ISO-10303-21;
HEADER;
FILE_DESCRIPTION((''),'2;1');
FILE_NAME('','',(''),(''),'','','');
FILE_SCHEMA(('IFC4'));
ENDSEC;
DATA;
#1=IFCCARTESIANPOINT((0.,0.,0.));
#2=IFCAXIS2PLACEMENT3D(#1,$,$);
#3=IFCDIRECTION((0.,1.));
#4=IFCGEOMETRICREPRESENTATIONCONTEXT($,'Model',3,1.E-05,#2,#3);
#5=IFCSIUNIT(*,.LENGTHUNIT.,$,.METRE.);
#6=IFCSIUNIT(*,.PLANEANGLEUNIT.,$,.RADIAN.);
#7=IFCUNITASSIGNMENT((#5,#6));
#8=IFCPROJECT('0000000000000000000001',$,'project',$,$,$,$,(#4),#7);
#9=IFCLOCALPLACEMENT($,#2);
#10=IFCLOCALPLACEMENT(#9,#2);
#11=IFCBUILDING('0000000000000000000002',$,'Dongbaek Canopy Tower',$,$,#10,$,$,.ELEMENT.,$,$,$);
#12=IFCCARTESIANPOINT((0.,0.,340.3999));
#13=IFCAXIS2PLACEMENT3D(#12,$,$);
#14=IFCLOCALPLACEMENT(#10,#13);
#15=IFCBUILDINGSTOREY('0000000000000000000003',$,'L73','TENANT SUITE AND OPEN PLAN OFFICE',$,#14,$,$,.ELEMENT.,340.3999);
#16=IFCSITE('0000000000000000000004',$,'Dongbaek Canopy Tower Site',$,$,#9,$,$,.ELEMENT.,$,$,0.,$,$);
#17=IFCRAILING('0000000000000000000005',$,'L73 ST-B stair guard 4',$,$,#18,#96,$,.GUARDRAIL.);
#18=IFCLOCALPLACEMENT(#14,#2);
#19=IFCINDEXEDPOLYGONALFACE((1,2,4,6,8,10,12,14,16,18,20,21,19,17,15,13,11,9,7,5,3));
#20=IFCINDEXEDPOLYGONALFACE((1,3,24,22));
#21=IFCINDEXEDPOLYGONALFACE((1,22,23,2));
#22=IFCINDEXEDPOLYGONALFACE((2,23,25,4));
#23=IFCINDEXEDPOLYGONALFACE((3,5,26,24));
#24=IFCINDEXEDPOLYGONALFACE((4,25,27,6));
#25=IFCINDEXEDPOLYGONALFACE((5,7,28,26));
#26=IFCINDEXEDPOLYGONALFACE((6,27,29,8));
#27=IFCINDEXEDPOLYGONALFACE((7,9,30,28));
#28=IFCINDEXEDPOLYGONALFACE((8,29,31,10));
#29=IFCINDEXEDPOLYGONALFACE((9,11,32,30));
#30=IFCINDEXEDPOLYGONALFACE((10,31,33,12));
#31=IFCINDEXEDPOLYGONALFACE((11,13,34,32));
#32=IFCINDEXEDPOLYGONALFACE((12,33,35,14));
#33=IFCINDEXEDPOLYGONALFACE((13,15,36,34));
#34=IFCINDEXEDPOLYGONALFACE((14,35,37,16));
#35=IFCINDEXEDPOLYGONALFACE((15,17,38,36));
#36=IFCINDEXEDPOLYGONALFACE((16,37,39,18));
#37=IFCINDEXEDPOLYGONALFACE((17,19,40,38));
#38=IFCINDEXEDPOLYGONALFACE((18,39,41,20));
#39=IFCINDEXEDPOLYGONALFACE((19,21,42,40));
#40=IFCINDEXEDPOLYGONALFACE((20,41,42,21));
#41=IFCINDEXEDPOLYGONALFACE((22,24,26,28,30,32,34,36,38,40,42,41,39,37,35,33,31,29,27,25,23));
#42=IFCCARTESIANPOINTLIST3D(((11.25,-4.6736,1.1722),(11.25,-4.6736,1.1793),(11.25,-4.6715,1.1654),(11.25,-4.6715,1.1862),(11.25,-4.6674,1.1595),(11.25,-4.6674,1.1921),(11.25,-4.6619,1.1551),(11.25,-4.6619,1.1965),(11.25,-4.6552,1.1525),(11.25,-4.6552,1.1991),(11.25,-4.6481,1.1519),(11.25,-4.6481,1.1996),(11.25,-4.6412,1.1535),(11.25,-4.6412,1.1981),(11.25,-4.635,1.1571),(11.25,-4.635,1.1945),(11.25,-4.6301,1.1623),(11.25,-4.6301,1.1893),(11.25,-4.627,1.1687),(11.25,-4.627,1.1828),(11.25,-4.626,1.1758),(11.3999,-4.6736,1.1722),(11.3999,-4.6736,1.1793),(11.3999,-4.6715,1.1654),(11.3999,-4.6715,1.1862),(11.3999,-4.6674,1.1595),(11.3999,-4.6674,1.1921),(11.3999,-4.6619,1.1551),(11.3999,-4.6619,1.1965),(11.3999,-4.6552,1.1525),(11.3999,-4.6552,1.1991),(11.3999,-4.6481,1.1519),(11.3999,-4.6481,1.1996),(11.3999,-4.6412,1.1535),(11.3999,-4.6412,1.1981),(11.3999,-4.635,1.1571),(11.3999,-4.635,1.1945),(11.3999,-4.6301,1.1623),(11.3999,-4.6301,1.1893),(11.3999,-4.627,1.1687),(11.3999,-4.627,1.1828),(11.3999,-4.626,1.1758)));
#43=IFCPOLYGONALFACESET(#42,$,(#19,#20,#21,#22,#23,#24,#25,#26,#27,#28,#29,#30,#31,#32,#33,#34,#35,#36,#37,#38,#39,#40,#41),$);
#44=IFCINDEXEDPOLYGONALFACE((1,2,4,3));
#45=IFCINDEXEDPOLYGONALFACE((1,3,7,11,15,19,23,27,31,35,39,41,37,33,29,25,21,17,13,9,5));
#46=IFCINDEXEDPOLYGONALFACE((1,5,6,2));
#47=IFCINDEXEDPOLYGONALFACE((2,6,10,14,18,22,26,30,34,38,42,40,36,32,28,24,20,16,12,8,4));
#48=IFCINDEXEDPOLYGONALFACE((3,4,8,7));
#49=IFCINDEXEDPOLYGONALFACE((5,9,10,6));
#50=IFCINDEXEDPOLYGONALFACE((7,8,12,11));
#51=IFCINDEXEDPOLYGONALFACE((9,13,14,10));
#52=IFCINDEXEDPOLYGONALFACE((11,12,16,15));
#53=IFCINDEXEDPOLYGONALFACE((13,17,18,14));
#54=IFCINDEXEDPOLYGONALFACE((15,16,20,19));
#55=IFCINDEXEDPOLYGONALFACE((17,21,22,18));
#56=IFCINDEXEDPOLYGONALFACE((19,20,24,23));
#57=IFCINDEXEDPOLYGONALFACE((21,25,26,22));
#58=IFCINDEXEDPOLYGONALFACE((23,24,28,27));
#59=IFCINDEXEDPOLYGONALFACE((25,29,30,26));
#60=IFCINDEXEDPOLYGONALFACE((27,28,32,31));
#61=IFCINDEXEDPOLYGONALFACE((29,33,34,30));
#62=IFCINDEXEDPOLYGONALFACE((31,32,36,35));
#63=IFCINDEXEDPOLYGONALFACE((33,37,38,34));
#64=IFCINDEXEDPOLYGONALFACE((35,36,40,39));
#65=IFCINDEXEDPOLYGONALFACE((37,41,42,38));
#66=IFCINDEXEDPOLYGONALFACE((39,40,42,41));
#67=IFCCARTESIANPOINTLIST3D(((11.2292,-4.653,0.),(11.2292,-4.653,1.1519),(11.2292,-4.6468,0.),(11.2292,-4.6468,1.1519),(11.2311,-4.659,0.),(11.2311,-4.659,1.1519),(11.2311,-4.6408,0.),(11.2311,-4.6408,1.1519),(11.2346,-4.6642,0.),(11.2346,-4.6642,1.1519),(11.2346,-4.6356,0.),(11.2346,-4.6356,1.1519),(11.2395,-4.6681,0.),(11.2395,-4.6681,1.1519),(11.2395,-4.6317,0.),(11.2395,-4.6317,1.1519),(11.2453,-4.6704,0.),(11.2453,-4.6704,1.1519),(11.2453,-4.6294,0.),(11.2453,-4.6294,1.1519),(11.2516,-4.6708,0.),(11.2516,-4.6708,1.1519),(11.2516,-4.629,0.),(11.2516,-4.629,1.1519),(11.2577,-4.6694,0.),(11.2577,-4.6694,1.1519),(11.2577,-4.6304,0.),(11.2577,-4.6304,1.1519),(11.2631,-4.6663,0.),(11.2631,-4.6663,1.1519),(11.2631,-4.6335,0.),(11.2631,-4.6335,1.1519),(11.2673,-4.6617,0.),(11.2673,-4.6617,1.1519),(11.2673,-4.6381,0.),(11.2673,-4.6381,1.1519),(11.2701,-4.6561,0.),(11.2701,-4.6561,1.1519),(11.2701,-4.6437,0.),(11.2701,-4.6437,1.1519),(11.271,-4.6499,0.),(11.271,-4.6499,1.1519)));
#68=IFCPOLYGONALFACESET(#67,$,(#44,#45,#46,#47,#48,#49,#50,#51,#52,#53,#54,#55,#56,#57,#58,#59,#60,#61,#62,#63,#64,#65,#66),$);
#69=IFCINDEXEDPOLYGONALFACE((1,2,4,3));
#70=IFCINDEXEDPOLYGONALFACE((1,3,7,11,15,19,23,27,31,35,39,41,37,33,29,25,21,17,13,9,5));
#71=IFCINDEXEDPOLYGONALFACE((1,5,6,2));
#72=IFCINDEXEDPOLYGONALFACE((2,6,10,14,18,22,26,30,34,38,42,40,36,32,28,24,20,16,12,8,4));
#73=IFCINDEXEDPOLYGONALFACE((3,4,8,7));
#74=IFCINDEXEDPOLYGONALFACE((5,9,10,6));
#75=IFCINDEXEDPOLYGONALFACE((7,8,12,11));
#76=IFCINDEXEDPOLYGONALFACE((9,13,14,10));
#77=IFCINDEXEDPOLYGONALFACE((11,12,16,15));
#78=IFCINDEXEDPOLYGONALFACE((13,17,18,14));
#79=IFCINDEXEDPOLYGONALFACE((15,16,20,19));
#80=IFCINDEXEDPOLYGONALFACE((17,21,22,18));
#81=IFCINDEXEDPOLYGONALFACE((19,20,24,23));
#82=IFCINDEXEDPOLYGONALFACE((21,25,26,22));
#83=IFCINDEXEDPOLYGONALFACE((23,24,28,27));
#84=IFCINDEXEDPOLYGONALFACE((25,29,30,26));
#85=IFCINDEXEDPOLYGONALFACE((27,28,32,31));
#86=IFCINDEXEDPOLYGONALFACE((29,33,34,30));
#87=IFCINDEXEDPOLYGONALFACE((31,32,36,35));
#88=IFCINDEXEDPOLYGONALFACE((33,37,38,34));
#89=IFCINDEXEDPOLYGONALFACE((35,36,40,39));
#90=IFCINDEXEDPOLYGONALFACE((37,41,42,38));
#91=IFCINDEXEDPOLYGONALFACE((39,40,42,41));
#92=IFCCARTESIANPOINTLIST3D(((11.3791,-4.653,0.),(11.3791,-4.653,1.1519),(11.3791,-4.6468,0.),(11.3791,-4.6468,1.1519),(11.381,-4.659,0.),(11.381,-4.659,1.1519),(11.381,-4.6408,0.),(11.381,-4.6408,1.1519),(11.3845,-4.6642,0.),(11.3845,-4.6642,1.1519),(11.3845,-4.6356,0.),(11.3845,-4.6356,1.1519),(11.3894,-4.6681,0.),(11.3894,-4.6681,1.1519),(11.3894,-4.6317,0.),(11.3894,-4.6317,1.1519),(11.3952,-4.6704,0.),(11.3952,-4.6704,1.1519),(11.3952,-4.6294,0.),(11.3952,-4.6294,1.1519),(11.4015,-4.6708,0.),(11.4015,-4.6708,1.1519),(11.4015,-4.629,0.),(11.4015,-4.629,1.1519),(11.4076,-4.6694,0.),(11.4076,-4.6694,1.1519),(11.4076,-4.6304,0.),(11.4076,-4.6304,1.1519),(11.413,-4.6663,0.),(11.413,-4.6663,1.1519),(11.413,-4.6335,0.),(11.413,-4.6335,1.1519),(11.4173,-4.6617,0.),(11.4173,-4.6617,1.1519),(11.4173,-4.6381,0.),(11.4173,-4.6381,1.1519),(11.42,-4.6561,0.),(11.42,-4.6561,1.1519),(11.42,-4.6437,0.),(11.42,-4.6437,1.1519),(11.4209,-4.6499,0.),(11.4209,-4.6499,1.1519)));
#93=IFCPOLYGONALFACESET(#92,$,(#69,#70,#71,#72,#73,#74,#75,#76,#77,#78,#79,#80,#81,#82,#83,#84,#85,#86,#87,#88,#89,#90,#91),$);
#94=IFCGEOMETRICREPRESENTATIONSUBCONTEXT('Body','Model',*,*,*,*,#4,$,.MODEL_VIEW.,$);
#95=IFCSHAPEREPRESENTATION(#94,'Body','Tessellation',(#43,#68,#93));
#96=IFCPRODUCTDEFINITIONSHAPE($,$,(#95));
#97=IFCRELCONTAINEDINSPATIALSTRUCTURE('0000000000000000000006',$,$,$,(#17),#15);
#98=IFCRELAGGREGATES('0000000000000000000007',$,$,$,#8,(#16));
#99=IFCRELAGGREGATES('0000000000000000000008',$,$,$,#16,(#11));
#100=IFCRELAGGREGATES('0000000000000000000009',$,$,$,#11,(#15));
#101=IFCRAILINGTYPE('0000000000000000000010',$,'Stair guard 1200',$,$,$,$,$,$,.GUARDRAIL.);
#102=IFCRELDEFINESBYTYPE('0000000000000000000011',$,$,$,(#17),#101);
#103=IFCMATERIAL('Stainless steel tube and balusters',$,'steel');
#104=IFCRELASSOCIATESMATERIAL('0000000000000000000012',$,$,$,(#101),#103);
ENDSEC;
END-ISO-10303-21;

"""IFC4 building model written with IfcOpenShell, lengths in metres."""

from ifc_helpers import new_model, si_unit, direction, frame, origin, origin_2d, place, context, subcontext, project, spatial, circle, extrude, material, type_object, element, save


model = new_model("IFC4")

# Units and contexts
model_context = context("Model", 3, precision=1e-05, world=origin(), true_north=direction((0.0, 1.0)))
body_context = subcontext(model_context, "Body", "Model", "MODEL_VIEW")
ifc_project = project(units=[si_unit("LENGTHUNIT", "METRE"), si_unit("PLANEANGLEUNIT", "RADIAN")], contexts=[model_context])

# Site, building, storey
site_placement = place(None, origin())
site = spatial("IfcSite", under=ifc_project, at=site_placement, Name="Dongbaek Canopy Tower Site", CompositionType="ELEMENT", RefElevation=0.0)
building_placement = place(site_placement, origin())
building = spatial("IfcBuilding", under=site, at=building_placement, Name="Dongbaek Canopy Tower", CompositionType="ELEMENT")
storey_placement = place(building_placement, frame((0.0, 0.0, 340.3999)))
storey = spatial("IfcBuildingStorey", under=building, at=storey_placement, Name="L73", Description="TENANT SUITE AND OPEN PLAN OFFICE", CompositionType="ELEMENT", Elevation=340.3999)

# Railing
ifc_material_1 = material(Name="Stainless steel tube and balusters", Category="steel")
railing_type_1 = type_object("IfcRailingType", Name="Stair guard 1200", PredefinedType="GUARDRAIL", material=ifc_material_1)
railing_1_placement = place(storey_placement, frame((11.25, -4.6499, 0.0)))
element("IfcRailing", 1, at=railing_1_placement, inside=storey, type_object=railing_type_1, Name="L73 ST-B stair guard 4", PredefinedType="GUARDRAIL", context=body_context, shape_type="SweptSolid", body=[
    extrude(circle(Radius=0.0239, at=origin_2d()), frame((0.0, 0.0, 1.1758), z_axis=(1.0, 0.0, 0.0), x_axis=(0.0, 1.0, 0.0)), (0.0, 0.0, 1.0), 0.1499),
    extrude(circle(Radius=0.021, at=origin_2d()), origin(), (0.0, 0.0, 1.0), 1.1519),
    extrude(circle(Radius=0.021, at=origin_2d()), frame((0.1499, 0.0, 0.0)), (0.0, 0.0, 1.0), 1.1519),
])

save(model, "model.ifc")
